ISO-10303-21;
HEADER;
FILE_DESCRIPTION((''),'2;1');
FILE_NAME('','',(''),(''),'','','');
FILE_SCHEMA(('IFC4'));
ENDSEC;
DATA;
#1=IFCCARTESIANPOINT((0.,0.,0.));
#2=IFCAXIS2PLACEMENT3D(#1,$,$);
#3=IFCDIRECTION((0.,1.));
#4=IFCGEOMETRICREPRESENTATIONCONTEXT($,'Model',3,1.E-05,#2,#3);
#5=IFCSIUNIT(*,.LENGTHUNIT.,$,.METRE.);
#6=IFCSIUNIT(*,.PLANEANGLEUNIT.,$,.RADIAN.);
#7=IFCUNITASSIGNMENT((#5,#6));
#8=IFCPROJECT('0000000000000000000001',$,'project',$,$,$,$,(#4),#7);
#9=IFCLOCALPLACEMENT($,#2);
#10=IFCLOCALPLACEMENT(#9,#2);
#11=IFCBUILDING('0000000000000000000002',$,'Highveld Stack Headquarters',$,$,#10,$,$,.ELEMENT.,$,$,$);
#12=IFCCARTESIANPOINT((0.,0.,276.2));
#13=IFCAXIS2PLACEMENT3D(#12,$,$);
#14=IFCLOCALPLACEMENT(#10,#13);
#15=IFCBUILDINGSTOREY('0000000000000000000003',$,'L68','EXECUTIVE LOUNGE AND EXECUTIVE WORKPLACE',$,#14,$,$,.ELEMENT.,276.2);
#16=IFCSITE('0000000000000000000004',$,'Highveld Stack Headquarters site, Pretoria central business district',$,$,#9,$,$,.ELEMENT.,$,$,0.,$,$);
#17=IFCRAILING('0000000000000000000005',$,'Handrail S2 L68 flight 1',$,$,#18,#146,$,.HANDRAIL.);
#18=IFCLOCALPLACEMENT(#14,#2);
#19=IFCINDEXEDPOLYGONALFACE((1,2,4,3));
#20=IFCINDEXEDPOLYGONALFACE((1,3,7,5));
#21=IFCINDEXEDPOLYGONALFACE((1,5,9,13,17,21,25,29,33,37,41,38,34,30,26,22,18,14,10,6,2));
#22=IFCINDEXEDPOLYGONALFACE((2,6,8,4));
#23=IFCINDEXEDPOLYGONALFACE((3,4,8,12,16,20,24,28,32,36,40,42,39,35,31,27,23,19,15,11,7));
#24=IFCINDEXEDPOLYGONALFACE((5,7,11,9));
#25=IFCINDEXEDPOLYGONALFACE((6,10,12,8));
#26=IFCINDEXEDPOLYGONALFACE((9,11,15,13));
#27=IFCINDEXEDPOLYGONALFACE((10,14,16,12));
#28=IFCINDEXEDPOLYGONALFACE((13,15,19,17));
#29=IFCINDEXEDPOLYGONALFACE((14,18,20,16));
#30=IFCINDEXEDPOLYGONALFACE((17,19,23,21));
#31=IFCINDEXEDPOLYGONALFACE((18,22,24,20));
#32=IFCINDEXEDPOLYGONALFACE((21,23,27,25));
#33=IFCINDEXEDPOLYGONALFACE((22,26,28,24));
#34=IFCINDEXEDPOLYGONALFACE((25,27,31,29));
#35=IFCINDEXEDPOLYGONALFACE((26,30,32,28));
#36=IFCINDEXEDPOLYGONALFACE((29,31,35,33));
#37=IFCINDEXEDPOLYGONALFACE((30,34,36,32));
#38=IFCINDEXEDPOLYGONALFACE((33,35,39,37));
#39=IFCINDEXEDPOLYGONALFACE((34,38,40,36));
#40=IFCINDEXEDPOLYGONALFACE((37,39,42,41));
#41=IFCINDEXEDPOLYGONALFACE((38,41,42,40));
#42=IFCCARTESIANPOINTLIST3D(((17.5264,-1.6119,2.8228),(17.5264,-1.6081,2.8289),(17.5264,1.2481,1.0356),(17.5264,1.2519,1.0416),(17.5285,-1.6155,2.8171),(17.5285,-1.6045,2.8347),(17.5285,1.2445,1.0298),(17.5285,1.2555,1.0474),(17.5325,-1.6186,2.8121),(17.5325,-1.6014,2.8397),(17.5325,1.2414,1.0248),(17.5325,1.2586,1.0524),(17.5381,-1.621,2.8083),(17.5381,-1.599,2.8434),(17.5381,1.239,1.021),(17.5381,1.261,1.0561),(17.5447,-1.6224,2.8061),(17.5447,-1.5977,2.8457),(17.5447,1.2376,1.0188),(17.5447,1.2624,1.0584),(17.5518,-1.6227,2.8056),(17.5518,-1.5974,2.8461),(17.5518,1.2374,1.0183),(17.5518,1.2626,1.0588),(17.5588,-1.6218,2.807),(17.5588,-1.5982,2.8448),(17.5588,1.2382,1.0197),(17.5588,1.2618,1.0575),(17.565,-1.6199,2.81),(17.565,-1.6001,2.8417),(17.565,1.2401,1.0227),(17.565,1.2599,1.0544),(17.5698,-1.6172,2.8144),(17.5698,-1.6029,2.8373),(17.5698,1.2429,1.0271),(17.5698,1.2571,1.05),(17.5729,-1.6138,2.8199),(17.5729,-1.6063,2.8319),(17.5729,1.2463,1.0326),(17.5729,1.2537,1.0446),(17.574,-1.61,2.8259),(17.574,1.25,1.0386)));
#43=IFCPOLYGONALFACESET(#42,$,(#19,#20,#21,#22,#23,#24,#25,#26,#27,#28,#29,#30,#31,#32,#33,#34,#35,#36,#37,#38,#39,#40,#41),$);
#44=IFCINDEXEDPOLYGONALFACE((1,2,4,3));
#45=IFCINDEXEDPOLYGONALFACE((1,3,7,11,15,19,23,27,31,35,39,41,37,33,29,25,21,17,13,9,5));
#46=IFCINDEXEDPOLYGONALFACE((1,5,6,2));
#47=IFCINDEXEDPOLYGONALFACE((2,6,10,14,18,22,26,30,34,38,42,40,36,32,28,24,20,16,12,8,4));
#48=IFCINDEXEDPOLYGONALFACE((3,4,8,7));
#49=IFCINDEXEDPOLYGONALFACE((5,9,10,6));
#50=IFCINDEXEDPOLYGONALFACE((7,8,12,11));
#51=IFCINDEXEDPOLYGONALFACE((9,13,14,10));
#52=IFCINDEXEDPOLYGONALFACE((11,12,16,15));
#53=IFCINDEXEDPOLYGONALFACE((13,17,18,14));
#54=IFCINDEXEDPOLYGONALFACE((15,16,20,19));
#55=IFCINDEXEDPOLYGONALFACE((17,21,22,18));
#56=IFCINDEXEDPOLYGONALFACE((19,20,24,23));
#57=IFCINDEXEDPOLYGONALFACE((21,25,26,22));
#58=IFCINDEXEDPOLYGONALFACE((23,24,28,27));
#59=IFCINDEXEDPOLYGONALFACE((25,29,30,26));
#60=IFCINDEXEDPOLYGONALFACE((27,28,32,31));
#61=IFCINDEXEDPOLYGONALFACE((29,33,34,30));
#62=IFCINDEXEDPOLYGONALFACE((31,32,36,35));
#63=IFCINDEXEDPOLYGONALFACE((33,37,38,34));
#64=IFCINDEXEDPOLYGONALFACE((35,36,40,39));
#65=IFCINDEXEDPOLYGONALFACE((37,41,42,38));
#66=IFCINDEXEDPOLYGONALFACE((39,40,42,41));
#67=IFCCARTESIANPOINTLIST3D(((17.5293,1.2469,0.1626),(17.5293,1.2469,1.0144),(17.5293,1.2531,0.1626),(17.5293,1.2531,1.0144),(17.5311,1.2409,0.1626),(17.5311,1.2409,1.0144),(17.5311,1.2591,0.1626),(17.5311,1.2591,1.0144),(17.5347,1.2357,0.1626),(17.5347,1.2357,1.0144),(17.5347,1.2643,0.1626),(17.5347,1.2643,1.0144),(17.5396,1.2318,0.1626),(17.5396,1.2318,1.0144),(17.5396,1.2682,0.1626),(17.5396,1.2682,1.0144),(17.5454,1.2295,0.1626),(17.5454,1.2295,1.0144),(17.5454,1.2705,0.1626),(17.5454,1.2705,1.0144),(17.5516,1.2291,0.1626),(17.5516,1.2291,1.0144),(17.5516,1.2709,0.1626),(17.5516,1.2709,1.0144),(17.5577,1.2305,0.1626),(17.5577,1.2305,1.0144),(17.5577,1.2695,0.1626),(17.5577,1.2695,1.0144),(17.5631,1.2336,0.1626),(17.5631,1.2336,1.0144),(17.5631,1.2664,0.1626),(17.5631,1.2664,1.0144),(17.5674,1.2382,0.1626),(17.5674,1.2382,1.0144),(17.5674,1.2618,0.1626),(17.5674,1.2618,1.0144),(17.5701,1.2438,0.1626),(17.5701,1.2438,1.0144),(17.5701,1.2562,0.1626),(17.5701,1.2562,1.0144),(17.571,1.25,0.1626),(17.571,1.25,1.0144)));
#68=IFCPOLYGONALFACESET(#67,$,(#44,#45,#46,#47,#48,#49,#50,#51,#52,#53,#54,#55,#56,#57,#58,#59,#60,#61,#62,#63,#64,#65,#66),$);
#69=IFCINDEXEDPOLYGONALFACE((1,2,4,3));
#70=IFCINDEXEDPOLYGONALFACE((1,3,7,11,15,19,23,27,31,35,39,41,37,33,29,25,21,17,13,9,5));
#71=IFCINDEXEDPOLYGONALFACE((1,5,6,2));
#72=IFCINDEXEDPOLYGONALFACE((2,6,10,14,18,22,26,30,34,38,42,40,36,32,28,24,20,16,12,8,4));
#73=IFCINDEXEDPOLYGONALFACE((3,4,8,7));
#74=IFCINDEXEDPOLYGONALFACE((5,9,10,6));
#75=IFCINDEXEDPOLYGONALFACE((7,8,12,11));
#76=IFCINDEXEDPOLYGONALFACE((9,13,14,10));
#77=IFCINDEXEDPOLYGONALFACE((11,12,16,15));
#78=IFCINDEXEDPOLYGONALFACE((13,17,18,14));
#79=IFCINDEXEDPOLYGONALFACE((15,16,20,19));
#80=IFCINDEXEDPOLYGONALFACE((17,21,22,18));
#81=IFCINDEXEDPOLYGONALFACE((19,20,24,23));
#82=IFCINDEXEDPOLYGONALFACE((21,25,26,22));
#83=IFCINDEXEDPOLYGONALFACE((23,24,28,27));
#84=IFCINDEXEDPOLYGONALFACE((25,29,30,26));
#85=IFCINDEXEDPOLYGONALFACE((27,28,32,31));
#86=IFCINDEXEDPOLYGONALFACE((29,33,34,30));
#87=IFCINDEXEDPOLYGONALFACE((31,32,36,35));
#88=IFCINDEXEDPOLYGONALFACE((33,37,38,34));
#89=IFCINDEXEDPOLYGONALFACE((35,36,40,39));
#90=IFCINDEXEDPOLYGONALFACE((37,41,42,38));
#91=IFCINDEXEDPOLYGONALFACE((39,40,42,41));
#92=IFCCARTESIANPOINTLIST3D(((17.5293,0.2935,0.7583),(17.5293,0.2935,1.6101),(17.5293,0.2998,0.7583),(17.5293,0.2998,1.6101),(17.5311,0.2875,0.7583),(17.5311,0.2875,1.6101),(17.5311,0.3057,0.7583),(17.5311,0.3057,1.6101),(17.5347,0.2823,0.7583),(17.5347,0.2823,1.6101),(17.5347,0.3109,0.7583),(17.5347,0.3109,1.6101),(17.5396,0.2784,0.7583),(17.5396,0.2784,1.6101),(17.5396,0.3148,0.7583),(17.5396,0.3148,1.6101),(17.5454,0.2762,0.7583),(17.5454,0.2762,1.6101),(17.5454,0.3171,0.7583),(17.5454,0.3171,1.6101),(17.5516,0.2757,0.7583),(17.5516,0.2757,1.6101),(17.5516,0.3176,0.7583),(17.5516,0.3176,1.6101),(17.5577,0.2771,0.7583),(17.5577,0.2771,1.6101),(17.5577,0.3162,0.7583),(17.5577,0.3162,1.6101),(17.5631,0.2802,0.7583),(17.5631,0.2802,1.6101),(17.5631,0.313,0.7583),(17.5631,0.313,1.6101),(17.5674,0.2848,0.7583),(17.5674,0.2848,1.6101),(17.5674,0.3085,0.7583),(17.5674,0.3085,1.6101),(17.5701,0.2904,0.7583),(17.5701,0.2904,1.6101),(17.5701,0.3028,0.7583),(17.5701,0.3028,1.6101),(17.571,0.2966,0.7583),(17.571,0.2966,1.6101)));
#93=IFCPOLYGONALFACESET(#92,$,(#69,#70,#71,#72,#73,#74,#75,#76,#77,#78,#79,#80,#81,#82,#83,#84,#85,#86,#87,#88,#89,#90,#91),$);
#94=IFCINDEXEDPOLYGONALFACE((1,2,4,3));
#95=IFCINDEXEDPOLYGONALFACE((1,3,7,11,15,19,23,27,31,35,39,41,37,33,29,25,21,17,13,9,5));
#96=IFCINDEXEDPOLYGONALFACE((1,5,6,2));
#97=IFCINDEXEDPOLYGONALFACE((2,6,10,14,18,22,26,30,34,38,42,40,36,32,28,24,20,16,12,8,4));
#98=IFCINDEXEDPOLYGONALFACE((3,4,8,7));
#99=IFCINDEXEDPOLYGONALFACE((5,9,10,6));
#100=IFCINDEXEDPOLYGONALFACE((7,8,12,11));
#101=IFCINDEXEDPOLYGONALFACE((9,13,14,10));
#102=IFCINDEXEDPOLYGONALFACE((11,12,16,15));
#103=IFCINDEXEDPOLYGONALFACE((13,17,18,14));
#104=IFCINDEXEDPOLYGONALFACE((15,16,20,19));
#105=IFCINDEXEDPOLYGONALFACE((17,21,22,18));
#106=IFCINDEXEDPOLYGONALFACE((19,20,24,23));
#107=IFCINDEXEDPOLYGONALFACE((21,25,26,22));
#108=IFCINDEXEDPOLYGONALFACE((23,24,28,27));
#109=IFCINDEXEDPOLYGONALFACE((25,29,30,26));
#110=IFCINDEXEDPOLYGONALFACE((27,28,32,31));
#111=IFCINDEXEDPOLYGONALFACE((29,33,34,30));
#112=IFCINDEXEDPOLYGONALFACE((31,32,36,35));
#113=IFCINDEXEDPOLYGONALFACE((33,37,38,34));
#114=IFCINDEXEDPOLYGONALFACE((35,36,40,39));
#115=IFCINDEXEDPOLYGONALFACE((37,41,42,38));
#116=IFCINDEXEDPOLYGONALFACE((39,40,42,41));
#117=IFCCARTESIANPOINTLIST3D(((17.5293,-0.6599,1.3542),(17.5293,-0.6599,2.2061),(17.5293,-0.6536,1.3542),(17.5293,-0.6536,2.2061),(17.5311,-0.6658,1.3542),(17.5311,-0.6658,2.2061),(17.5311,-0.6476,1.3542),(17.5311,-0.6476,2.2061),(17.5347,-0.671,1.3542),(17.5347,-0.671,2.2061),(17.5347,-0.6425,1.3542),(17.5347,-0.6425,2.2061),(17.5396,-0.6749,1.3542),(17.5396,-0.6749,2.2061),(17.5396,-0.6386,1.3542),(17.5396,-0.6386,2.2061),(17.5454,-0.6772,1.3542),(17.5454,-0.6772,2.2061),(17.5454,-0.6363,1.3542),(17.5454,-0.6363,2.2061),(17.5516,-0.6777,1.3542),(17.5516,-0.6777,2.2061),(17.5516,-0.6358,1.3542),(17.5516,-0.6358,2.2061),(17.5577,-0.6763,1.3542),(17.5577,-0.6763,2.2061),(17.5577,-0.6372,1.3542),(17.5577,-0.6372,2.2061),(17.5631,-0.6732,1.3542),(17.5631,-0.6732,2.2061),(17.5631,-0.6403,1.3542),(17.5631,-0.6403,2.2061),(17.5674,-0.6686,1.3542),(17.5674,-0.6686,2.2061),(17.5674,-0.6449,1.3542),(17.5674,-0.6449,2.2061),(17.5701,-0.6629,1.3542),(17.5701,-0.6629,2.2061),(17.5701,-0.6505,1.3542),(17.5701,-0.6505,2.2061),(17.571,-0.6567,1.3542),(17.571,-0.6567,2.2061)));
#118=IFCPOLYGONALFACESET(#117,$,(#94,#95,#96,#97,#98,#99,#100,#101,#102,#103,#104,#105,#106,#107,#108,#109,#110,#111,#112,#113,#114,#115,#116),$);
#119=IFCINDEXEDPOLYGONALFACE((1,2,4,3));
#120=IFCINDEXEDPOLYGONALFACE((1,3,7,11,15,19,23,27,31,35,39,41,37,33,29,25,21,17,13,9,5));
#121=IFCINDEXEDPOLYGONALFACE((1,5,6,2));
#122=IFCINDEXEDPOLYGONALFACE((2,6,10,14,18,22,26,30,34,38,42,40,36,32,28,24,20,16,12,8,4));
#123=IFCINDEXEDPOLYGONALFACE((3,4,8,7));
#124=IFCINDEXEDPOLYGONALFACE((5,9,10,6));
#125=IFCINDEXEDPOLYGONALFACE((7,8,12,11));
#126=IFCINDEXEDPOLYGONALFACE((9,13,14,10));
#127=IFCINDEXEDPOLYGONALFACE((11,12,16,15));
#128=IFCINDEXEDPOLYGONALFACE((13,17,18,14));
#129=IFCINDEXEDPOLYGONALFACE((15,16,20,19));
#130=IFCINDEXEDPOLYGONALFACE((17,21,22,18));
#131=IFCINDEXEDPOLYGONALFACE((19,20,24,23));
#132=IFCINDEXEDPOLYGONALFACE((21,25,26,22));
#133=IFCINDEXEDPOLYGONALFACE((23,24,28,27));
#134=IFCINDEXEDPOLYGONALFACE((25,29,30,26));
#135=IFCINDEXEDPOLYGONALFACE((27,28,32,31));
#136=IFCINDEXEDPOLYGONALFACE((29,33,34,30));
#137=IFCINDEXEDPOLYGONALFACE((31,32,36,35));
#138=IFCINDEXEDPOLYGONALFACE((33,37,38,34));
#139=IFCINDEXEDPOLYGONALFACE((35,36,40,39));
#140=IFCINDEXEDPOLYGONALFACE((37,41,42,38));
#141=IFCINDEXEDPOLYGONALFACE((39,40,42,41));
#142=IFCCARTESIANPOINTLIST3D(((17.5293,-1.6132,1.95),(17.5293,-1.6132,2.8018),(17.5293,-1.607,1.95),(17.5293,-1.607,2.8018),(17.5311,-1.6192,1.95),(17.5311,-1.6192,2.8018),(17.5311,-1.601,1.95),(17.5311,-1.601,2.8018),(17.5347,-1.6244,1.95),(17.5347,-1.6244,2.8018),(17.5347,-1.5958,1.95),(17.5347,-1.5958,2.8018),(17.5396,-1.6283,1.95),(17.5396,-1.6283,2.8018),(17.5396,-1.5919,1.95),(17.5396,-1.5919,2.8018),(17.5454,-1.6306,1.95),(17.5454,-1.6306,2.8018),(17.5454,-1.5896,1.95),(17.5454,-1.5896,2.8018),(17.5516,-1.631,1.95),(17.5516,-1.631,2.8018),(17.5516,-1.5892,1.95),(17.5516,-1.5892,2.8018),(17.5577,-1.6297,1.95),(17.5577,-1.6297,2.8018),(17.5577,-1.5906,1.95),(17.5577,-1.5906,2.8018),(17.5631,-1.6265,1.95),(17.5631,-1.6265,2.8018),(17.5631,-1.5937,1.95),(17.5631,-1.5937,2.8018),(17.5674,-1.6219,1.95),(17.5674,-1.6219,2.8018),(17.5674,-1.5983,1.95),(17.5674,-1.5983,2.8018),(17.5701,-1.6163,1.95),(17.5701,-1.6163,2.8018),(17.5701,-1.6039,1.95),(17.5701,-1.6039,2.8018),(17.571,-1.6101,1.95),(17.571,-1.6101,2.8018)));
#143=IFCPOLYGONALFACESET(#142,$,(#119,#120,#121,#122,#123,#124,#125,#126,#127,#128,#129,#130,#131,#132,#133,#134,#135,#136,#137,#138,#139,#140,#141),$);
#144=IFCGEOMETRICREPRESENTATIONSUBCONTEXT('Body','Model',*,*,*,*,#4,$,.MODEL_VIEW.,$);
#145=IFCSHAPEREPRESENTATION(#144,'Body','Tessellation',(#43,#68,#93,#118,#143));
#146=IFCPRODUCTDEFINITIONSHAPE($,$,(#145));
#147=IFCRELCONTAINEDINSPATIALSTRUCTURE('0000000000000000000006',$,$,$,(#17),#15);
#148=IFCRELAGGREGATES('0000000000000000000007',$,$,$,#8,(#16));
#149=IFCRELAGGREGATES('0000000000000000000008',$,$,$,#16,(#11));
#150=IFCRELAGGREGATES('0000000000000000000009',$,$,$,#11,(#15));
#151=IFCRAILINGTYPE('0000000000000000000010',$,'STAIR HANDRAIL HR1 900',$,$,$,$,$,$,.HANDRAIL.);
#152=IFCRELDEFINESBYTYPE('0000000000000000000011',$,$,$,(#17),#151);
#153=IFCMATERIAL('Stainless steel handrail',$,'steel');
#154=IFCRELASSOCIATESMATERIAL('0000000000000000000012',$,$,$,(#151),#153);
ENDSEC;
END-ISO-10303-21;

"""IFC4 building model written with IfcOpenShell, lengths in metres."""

from ifc_helpers import new_model, si_unit, direction, frame, origin, origin_2d, place, context, subcontext, project, spatial, circle, extrude, material, type_object, element, save


model = new_model("IFC4")

# Units and contexts
model_context = context("Model", 3, precision=1e-05, world=origin(), true_north=direction((0.0, 1.0)))
body_context = subcontext(model_context, "Body", "Model", "MODEL_VIEW")
ifc_project = project(units=[si_unit("LENGTHUNIT", "METRE"), si_unit("PLANEANGLEUNIT", "RADIAN")], contexts=[model_context])

# Site, building, storey
site_placement = place(None, origin())
site = spatial("IfcSite", under=ifc_project, at=site_placement, Name="Highveld Stack Headquarters site, Pretoria central business district", CompositionType="ELEMENT", RefElevation=0.0)
building_placement = place(site_placement, origin())
building = spatial("IfcBuilding", under=site, at=building_placement, Name="Highveld Stack Headquarters", CompositionType="ELEMENT")
storey_placement = place(building_placement, frame((0.0, 0.0, 276.2)))
storey = spatial("IfcBuildingStorey", under=building, at=storey_placement, Name="L68", Description="EXECUTIVE LOUNGE AND EXECUTIVE WORKPLACE", CompositionType="ELEMENT", Elevation=276.2)

# Railing
ifc_material_1 = material(Name="Stainless steel handrail", Category="steel")
railing_type = type_object("IfcRailingType", Name="STAIR HANDRAIL HR1 900", PredefinedType="HANDRAIL", material=ifc_material_1)
for number, where, name in (
    (1, (17.55, 1.25, 0.1626), "Handrail S2 L68 flight 1"),
):
    element("IfcRailing", number, at=place(storey_placement, frame(where)), inside=storey, type_object=railing_type, Name=name, PredefinedType="HANDRAIL", context=body_context, shape_type="SweptSolid", body=[
        extrude(circle(Radius=0.0239, at=origin_2d()), frame((0.0, 0.0, 0.876), z_axis=(0.0, -0.848027, 0.529953), x_axis=(1.0, 0.0, 0.0)), (0.0, 0.0, 1.0), 3.3726),
        extrude(circle(Radius=0.021, at=origin_2d()), origin(), (0.0, 0.0, 1.0), 0.8518),
        extrude(circle(Radius=0.021, at=origin_2d()), frame((0.0, -0.9534, 0.5957)), (0.0, 0.0, 1.0), 0.8518),
        extrude(circle(Radius=0.021, at=origin_2d()), frame((0.0, -1.9067, 1.1917)), (0.0, 0.0, 1.0), 0.8518),
        extrude(circle(Radius=0.021, at=origin_2d()), frame((0.0, -2.8601, 1.7874)), (0.0, 0.0, 1.0), 0.8518),
    ])

save(model, "model.ifc")
